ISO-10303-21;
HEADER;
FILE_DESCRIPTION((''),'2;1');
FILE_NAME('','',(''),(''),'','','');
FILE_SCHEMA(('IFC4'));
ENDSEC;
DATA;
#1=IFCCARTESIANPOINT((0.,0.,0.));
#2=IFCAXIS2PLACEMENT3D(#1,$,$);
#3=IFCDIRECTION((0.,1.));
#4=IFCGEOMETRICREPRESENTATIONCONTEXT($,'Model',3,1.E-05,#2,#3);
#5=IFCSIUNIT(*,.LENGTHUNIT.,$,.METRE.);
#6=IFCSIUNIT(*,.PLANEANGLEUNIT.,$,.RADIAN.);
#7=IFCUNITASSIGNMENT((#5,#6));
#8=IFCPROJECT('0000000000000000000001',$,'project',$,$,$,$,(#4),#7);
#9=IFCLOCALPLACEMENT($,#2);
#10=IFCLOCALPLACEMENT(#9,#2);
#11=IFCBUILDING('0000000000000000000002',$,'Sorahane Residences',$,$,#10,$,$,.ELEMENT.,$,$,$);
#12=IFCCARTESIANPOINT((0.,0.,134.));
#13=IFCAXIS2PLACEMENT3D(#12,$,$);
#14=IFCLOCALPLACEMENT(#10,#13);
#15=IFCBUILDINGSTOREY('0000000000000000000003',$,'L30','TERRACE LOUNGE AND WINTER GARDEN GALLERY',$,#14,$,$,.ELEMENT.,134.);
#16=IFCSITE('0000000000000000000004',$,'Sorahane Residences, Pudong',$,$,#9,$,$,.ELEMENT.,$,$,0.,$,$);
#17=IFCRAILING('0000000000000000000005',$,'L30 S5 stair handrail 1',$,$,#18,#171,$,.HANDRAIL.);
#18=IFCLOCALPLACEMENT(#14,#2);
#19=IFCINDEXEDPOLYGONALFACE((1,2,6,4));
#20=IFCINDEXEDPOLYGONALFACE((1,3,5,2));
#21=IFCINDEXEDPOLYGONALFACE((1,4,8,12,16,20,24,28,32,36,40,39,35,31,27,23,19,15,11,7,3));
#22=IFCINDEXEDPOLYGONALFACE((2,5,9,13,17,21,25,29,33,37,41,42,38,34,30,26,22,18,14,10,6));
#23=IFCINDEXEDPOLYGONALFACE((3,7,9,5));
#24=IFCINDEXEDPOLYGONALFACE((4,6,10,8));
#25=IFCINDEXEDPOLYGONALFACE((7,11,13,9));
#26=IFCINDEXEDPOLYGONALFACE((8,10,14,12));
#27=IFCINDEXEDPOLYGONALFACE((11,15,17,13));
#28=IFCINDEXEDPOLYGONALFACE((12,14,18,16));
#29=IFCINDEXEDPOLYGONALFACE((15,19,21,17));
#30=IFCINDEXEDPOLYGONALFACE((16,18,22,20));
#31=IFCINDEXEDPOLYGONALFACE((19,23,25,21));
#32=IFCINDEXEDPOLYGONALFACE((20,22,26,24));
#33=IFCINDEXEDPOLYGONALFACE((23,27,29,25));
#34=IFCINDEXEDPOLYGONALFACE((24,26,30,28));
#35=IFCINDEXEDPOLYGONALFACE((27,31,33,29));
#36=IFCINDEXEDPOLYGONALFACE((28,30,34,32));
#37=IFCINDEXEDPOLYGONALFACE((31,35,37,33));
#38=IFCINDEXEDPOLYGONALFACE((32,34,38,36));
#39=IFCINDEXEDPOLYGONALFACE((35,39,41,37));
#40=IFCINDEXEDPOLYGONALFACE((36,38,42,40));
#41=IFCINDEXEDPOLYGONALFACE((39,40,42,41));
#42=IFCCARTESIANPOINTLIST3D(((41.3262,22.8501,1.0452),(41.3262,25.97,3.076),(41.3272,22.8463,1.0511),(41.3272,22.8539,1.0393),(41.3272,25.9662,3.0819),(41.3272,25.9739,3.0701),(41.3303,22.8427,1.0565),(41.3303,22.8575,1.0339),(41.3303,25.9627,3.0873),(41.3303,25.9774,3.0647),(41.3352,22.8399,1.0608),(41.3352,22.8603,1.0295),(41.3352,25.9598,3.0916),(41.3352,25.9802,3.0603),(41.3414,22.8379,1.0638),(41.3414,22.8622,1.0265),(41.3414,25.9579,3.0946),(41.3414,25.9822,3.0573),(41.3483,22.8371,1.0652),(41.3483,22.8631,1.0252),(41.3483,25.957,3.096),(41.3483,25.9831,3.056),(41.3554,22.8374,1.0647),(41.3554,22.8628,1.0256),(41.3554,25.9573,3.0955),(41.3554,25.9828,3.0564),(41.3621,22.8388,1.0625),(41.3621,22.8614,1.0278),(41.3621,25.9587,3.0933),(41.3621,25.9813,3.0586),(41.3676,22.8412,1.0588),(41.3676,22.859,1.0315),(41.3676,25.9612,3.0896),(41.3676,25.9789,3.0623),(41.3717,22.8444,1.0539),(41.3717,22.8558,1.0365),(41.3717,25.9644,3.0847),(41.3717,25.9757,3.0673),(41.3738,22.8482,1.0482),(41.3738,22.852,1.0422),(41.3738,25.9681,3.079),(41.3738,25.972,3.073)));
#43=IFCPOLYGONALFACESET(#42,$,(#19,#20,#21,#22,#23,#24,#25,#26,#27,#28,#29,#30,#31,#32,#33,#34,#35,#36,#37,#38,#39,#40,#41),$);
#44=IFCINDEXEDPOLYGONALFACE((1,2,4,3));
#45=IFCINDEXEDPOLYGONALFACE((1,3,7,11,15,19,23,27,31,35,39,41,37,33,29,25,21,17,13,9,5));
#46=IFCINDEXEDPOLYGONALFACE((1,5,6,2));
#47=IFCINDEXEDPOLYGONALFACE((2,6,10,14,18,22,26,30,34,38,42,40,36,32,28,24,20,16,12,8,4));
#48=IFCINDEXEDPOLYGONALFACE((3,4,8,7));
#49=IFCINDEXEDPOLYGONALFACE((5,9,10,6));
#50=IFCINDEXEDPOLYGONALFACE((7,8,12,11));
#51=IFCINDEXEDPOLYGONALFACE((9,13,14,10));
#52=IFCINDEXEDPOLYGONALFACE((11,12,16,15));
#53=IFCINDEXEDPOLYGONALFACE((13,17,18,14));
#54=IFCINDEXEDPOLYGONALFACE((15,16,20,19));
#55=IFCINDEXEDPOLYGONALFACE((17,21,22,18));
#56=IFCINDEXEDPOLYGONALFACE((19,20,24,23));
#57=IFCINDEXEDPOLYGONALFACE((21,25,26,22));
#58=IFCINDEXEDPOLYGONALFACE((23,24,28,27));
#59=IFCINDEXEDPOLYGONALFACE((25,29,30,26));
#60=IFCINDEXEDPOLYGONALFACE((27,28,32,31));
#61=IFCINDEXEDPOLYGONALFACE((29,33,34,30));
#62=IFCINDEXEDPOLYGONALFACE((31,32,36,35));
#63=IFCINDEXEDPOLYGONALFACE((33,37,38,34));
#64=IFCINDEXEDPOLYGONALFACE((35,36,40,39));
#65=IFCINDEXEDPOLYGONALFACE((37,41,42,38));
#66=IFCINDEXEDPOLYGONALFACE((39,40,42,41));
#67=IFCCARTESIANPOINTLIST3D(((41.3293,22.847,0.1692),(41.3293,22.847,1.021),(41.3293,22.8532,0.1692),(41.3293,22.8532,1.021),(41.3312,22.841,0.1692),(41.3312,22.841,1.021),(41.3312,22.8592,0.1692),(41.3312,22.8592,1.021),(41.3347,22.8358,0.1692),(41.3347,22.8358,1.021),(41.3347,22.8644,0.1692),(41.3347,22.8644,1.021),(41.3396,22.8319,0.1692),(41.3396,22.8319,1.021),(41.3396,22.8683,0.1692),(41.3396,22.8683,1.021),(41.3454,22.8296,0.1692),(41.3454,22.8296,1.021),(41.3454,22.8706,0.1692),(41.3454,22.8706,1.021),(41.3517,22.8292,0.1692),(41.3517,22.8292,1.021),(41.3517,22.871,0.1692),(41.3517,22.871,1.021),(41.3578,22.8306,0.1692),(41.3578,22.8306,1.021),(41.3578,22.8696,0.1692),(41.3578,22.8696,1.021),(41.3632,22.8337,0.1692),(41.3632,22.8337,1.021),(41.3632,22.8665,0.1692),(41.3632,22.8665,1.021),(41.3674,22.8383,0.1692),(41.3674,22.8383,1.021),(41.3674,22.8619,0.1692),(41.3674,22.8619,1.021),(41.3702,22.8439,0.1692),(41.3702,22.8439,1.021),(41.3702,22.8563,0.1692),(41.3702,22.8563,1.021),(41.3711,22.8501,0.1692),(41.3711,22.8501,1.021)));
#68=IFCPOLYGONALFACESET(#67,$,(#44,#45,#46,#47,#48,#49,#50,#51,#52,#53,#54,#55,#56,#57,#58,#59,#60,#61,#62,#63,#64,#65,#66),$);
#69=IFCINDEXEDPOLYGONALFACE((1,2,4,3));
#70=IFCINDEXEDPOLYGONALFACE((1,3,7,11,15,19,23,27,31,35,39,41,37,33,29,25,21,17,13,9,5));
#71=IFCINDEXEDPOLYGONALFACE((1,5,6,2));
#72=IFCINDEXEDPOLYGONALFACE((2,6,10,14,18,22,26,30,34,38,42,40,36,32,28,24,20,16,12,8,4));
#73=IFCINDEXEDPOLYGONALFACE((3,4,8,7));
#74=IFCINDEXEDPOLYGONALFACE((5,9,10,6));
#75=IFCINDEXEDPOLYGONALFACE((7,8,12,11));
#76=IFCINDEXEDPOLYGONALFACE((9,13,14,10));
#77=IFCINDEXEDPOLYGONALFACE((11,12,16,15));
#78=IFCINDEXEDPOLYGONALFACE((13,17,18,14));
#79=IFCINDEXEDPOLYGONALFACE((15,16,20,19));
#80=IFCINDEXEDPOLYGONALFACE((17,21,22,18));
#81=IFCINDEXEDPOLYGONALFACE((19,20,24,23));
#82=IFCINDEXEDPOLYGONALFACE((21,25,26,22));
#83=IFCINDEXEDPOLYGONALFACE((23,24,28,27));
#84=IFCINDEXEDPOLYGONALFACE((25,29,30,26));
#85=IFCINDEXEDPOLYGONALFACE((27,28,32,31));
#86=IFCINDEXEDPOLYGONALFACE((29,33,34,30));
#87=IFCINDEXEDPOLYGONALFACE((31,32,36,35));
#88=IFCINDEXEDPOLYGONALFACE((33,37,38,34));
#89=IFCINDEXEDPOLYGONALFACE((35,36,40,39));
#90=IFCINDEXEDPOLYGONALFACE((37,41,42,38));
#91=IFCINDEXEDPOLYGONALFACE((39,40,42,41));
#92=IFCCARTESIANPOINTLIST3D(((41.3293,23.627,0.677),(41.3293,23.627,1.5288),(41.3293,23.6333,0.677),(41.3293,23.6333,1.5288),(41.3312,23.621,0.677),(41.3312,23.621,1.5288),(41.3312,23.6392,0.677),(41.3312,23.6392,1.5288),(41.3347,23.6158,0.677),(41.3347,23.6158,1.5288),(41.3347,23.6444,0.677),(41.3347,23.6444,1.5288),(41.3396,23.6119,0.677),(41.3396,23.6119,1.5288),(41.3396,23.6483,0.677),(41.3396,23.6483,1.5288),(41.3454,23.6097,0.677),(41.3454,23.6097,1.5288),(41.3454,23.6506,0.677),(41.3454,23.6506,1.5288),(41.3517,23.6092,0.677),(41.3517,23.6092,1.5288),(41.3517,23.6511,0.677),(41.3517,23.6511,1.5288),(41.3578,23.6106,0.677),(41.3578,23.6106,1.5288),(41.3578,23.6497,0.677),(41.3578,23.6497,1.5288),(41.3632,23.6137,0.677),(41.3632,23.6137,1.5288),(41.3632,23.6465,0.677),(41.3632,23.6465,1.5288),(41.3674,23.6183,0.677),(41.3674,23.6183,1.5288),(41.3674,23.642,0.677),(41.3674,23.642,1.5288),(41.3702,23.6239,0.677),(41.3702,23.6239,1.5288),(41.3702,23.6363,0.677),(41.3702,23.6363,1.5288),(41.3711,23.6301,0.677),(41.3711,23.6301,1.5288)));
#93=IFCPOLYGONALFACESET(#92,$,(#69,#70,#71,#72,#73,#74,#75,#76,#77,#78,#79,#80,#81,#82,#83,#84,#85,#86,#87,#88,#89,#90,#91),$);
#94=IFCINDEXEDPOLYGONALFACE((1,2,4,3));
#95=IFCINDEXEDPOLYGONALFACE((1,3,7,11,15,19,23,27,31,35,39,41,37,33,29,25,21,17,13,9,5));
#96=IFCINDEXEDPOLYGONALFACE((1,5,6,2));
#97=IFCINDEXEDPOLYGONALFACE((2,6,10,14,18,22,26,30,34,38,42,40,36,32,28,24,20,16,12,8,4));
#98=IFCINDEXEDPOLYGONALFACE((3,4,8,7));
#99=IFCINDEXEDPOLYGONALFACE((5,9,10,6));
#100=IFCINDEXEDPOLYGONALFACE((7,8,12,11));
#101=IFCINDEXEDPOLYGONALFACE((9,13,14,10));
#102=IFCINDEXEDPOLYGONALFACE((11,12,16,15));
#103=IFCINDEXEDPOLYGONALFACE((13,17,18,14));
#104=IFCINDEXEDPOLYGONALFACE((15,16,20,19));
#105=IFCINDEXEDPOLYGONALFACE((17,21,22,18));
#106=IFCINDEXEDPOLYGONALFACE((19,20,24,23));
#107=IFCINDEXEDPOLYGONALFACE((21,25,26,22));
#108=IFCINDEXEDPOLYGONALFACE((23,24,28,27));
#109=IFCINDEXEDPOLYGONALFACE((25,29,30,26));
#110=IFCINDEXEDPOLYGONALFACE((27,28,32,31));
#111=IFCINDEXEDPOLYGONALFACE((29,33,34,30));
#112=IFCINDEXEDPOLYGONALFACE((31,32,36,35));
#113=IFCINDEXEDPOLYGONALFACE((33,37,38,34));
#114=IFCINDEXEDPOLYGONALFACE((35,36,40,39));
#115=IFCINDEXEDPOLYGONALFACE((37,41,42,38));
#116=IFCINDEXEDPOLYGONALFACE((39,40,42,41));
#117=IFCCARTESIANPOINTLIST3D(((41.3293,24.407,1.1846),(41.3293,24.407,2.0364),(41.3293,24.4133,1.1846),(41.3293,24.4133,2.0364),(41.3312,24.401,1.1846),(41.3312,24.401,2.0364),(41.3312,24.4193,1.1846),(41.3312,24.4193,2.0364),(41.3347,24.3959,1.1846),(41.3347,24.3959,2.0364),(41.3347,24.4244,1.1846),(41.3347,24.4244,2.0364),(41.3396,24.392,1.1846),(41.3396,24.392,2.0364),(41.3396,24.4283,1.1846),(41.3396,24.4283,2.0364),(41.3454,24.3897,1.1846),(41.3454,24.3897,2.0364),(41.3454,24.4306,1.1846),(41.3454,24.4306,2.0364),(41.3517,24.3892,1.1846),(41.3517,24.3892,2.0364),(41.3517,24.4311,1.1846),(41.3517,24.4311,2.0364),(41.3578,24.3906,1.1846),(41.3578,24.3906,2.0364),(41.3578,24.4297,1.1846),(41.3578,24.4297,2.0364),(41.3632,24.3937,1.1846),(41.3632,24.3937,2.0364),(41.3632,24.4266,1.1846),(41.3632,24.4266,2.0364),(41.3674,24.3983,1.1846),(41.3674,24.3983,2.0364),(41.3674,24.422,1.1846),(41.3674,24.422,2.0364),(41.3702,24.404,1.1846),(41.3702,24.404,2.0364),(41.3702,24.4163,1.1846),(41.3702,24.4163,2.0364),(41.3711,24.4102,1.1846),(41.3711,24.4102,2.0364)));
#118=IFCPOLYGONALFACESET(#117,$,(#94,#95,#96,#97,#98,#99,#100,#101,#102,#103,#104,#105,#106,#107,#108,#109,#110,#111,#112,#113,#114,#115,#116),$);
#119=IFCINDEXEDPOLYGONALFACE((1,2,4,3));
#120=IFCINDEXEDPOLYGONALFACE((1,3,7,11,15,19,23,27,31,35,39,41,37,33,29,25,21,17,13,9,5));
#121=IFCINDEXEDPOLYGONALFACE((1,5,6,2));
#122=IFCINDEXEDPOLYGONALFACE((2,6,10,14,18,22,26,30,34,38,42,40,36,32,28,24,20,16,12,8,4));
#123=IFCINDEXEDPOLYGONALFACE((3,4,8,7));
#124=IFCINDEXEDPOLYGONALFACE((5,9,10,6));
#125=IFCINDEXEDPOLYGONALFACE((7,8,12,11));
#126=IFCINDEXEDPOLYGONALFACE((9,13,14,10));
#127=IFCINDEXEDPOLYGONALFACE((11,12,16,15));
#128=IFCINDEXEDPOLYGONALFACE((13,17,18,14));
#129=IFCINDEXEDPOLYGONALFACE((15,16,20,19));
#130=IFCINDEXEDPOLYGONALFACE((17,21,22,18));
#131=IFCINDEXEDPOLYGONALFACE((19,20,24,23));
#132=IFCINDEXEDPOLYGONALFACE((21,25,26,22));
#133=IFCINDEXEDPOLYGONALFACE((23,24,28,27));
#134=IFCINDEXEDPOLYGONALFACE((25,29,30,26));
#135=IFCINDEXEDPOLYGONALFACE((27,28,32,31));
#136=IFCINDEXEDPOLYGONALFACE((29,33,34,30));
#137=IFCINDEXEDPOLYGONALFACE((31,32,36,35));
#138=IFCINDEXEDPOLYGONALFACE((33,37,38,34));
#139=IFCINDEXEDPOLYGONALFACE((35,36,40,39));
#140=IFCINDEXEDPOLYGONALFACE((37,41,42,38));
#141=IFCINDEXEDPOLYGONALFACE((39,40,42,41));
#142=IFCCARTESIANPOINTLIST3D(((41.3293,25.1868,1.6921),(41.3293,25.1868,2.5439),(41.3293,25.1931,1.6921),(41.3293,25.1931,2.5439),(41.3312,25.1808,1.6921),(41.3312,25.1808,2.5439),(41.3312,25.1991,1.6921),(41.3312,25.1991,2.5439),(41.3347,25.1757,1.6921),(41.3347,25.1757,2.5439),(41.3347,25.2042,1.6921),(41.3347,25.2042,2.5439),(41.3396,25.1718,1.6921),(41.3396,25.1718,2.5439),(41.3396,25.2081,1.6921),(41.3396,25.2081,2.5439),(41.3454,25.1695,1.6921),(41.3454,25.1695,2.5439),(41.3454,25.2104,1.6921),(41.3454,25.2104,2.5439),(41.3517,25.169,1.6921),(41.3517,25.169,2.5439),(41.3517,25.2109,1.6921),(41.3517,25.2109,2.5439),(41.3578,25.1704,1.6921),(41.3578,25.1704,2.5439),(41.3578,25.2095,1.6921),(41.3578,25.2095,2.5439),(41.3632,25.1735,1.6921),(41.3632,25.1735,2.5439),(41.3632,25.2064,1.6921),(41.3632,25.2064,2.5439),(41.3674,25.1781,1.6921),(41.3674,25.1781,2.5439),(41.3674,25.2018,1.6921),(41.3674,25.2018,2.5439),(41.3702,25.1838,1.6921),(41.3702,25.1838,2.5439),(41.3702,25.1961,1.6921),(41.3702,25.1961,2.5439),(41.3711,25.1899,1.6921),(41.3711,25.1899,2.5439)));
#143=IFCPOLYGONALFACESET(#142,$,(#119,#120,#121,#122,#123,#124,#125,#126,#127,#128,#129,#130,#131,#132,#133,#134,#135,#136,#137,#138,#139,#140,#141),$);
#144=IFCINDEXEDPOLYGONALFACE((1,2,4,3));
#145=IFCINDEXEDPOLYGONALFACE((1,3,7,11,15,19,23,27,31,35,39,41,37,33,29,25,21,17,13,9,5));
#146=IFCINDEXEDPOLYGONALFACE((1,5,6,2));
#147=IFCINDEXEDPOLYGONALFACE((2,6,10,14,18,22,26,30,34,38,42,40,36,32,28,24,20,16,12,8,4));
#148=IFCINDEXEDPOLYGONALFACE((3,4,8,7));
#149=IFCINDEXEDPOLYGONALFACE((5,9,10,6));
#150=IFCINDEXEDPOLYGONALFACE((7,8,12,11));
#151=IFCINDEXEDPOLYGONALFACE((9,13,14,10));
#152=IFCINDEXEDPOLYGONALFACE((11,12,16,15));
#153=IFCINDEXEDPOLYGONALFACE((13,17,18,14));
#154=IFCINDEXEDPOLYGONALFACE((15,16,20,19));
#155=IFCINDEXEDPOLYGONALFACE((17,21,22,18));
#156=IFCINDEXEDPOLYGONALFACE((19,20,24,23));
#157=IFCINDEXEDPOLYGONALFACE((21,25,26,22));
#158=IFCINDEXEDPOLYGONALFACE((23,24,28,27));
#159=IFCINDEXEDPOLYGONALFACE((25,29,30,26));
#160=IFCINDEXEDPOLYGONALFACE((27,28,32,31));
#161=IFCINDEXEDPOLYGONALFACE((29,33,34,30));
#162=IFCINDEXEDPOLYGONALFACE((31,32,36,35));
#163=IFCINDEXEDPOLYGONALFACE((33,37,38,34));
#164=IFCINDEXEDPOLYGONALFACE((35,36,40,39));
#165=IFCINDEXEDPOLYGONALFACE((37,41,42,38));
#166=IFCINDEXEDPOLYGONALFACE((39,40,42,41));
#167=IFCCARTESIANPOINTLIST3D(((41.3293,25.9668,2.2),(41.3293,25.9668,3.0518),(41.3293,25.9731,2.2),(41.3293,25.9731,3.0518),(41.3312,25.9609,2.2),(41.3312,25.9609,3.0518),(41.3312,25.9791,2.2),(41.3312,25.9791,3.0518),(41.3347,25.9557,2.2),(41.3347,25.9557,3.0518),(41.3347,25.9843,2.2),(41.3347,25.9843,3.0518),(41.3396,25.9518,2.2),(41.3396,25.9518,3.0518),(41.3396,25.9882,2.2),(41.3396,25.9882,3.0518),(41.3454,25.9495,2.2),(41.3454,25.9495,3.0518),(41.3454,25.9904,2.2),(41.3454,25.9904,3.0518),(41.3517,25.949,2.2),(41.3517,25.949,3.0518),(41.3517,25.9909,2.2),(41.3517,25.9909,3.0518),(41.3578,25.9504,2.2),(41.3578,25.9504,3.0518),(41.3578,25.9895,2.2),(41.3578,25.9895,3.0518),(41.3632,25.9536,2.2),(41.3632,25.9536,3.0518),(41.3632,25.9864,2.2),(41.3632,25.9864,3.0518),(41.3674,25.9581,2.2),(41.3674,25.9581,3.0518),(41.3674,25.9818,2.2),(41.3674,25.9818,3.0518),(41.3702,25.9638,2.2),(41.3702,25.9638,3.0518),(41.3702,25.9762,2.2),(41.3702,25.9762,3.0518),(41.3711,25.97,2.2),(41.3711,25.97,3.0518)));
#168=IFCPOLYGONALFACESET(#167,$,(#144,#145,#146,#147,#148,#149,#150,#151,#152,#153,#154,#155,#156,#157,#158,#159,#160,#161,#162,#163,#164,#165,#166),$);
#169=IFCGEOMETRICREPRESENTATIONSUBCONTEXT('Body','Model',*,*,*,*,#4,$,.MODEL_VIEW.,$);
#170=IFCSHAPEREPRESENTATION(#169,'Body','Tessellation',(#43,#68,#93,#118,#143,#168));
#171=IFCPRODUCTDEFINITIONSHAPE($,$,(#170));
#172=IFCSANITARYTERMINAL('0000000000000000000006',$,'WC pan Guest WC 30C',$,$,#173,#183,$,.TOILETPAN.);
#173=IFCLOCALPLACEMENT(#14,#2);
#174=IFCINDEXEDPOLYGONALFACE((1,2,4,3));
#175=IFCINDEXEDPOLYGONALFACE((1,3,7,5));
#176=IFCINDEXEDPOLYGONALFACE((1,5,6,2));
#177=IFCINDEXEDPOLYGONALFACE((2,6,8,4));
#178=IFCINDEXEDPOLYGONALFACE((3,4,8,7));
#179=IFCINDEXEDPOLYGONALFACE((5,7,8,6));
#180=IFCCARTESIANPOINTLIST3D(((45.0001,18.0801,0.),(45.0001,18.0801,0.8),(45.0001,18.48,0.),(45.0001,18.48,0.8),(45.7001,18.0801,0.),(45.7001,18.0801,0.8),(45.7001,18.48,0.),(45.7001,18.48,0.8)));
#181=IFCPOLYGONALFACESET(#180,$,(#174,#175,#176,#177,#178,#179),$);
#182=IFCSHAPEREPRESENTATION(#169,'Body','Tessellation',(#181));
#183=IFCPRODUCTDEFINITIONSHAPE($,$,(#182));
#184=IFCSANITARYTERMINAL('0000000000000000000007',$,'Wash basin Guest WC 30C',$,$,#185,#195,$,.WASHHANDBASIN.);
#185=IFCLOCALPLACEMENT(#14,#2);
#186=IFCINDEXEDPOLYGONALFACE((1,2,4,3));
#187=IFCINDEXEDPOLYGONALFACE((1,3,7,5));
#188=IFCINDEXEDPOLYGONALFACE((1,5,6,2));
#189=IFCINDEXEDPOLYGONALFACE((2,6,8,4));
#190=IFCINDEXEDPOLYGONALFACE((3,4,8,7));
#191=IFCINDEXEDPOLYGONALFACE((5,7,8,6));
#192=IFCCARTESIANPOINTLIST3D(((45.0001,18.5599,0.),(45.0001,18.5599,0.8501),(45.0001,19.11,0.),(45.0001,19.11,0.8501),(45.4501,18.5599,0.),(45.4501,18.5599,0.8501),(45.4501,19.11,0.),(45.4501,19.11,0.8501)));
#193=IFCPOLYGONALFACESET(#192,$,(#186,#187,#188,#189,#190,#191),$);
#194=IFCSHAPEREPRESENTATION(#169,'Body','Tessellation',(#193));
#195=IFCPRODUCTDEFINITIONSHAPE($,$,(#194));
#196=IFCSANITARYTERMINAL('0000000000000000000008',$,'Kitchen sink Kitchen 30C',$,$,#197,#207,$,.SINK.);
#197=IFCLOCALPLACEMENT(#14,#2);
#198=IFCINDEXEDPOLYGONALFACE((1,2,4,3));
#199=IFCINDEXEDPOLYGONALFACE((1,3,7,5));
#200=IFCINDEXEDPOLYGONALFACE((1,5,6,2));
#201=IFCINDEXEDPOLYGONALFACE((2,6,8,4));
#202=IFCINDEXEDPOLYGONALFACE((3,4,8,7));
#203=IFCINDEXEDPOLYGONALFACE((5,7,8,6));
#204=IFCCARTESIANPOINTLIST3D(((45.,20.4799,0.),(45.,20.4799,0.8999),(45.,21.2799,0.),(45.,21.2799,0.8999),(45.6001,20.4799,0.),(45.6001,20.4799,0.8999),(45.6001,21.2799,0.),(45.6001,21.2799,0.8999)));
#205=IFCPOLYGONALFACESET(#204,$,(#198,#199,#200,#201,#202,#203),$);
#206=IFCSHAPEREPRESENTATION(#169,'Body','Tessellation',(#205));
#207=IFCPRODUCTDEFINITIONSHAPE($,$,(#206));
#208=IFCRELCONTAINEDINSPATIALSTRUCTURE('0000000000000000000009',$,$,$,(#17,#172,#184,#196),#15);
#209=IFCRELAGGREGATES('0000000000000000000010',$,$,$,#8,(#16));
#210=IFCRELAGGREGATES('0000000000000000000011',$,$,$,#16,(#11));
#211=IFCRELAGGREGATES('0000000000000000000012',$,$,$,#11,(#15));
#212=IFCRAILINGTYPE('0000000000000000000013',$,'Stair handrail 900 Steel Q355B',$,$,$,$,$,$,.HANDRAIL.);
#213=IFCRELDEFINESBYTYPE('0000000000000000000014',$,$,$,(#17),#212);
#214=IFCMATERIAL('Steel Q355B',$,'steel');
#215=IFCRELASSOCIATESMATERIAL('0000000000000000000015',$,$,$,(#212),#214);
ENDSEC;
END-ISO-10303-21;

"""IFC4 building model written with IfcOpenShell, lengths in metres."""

from ifc_helpers import new_model, si_unit, direction, frame, origin, origin_2d, place, context, subcontext, project, spatial, rectangle, circle, extrude, material, type_object, element, save


model = new_model("IFC4")

# Units and contexts
model_context = context("Model", 3, precision=1e-05, world=origin(), true_north=direction((0.0, 1.0)))
body_context = subcontext(model_context, "Body", "Model", "MODEL_VIEW")
ifc_project = project(units=[si_unit("LENGTHUNIT", "METRE"), si_unit("PLANEANGLEUNIT", "RADIAN")], contexts=[model_context])

# Site, building, storey
site_placement = place(None, origin())
site = spatial("IfcSite", under=ifc_project, at=site_placement, Name="Sorahane Residences, Pudong", CompositionType="ELEMENT", RefElevation=0.0)
building_placement = place(site_placement, origin())
building = spatial("IfcBuilding", under=site, at=building_placement, Name="Sorahane Residences", CompositionType="ELEMENT")
storey_placement = place(building_placement, frame((0.0, 0.0, 134.0)))
storey = spatial("IfcBuildingStorey", under=building, at=storey_placement, Name="L30", Description="TERRACE LOUNGE AND WINTER GARDEN GALLERY", CompositionType="ELEMENT", Elevation=134.0)

# Railing
ifc_material_1 = material(Name="Steel Q355B", Category="steel")
railing_type_1 = type_object("IfcRailingType", Name="Stair handrail 900 Steel Q355B", PredefinedType="HANDRAIL", material=ifc_material_1)
railing_1_placement = place(storey_placement, frame((41.3501, 22.8501, 0.1692)))
element("IfcRailing", 1, at=railing_1_placement, inside=storey, type_object=railing_type_1, Name="L30 S5 stair handrail 1", PredefinedType="HANDRAIL", context=body_context, shape_type="SweptSolid", body=[
    extrude(circle(Radius=0.0239, at=origin_2d()), frame((0.0, 0.0, 0.876), z_axis=(0.0, 0.838094, 0.545525), x_axis=(-1.0, 0.0, 0.0)), (0.0, 0.0, 1.0), 3.7227),
    extrude(circle(Radius=0.021, at=origin_2d()), origin(), (0.0, 0.0, 1.0), 0.8518),
    extrude(circle(Radius=0.021, at=origin_2d()), frame((0.0, 0.78, 0.5078)), (0.0, 0.0, 1.0), 0.8518),
    extrude(circle(Radius=0.021, at=origin_2d()), frame((0.0, 1.5601, 1.0154)), (0.0, 0.0, 1.0), 0.8518),
    extrude(circle(Radius=0.021, at=origin_2d()), frame((0.0, 2.3398, 1.5229)), (0.0, 0.0, 1.0), 0.8518),
    extrude(circle(Radius=0.021, at=origin_2d()), frame((0.0, 3.1199, 2.0308)), (0.0, 0.0, 1.0), 0.8518),
])

# Sanitary terminals
sanitary_terminal_1_placement = place(storey_placement, frame((45.3501, 18.28, 0.0), z_axis=(0.0, 0.0, 1.0), x_axis=(0.0, 1.0, 0.0)))
element("IfcSanitaryTerminal", 2, at=sanitary_terminal_1_placement, inside=storey, Name="WC pan Guest WC 30C", PredefinedType="TOILETPAN", context=body_context, shape_type="SweptSolid", body=[
    extrude(rectangle(XDim=0.3999, YDim=0.7, at=origin_2d()), origin(), (0.0, 0.0, 1.0), 0.8),
])
sanitary_terminal_2_placement = place(storey_placement, frame((45.2251, 18.835, 0.0), z_axis=(0.0, 0.0, 1.0), x_axis=(0.0, 1.0, 0.0)))
element("IfcSanitaryTerminal", 3, at=sanitary_terminal_2_placement, inside=storey, Name="Wash basin Guest WC 30C", PredefinedType="WASHHANDBASIN", context=body_context, shape_type="SweptSolid", body=[
    extrude(rectangle(XDim=0.55, YDim=0.45, at=origin_2d()), origin(), (0.0, 0.0, 1.0), 0.8501),
])
sanitary_terminal_3_placement = place(storey_placement, frame((45.3, 20.8799, 0.0), z_axis=(0.0, 0.0, 1.0), x_axis=(0.0, 1.0, 0.0)))
element("IfcSanitaryTerminal", 4, at=sanitary_terminal_3_placement, inside=storey, Name="Kitchen sink Kitchen 30C", PredefinedType="SINK", context=body_context, shape_type="SweptSolid", body=[
    extrude(rectangle(XDim=0.8, YDim=0.6001, at=origin_2d()), origin(), (0.0, 0.0, 1.0), 0.8999),
])

save(model, "model.ifc")
